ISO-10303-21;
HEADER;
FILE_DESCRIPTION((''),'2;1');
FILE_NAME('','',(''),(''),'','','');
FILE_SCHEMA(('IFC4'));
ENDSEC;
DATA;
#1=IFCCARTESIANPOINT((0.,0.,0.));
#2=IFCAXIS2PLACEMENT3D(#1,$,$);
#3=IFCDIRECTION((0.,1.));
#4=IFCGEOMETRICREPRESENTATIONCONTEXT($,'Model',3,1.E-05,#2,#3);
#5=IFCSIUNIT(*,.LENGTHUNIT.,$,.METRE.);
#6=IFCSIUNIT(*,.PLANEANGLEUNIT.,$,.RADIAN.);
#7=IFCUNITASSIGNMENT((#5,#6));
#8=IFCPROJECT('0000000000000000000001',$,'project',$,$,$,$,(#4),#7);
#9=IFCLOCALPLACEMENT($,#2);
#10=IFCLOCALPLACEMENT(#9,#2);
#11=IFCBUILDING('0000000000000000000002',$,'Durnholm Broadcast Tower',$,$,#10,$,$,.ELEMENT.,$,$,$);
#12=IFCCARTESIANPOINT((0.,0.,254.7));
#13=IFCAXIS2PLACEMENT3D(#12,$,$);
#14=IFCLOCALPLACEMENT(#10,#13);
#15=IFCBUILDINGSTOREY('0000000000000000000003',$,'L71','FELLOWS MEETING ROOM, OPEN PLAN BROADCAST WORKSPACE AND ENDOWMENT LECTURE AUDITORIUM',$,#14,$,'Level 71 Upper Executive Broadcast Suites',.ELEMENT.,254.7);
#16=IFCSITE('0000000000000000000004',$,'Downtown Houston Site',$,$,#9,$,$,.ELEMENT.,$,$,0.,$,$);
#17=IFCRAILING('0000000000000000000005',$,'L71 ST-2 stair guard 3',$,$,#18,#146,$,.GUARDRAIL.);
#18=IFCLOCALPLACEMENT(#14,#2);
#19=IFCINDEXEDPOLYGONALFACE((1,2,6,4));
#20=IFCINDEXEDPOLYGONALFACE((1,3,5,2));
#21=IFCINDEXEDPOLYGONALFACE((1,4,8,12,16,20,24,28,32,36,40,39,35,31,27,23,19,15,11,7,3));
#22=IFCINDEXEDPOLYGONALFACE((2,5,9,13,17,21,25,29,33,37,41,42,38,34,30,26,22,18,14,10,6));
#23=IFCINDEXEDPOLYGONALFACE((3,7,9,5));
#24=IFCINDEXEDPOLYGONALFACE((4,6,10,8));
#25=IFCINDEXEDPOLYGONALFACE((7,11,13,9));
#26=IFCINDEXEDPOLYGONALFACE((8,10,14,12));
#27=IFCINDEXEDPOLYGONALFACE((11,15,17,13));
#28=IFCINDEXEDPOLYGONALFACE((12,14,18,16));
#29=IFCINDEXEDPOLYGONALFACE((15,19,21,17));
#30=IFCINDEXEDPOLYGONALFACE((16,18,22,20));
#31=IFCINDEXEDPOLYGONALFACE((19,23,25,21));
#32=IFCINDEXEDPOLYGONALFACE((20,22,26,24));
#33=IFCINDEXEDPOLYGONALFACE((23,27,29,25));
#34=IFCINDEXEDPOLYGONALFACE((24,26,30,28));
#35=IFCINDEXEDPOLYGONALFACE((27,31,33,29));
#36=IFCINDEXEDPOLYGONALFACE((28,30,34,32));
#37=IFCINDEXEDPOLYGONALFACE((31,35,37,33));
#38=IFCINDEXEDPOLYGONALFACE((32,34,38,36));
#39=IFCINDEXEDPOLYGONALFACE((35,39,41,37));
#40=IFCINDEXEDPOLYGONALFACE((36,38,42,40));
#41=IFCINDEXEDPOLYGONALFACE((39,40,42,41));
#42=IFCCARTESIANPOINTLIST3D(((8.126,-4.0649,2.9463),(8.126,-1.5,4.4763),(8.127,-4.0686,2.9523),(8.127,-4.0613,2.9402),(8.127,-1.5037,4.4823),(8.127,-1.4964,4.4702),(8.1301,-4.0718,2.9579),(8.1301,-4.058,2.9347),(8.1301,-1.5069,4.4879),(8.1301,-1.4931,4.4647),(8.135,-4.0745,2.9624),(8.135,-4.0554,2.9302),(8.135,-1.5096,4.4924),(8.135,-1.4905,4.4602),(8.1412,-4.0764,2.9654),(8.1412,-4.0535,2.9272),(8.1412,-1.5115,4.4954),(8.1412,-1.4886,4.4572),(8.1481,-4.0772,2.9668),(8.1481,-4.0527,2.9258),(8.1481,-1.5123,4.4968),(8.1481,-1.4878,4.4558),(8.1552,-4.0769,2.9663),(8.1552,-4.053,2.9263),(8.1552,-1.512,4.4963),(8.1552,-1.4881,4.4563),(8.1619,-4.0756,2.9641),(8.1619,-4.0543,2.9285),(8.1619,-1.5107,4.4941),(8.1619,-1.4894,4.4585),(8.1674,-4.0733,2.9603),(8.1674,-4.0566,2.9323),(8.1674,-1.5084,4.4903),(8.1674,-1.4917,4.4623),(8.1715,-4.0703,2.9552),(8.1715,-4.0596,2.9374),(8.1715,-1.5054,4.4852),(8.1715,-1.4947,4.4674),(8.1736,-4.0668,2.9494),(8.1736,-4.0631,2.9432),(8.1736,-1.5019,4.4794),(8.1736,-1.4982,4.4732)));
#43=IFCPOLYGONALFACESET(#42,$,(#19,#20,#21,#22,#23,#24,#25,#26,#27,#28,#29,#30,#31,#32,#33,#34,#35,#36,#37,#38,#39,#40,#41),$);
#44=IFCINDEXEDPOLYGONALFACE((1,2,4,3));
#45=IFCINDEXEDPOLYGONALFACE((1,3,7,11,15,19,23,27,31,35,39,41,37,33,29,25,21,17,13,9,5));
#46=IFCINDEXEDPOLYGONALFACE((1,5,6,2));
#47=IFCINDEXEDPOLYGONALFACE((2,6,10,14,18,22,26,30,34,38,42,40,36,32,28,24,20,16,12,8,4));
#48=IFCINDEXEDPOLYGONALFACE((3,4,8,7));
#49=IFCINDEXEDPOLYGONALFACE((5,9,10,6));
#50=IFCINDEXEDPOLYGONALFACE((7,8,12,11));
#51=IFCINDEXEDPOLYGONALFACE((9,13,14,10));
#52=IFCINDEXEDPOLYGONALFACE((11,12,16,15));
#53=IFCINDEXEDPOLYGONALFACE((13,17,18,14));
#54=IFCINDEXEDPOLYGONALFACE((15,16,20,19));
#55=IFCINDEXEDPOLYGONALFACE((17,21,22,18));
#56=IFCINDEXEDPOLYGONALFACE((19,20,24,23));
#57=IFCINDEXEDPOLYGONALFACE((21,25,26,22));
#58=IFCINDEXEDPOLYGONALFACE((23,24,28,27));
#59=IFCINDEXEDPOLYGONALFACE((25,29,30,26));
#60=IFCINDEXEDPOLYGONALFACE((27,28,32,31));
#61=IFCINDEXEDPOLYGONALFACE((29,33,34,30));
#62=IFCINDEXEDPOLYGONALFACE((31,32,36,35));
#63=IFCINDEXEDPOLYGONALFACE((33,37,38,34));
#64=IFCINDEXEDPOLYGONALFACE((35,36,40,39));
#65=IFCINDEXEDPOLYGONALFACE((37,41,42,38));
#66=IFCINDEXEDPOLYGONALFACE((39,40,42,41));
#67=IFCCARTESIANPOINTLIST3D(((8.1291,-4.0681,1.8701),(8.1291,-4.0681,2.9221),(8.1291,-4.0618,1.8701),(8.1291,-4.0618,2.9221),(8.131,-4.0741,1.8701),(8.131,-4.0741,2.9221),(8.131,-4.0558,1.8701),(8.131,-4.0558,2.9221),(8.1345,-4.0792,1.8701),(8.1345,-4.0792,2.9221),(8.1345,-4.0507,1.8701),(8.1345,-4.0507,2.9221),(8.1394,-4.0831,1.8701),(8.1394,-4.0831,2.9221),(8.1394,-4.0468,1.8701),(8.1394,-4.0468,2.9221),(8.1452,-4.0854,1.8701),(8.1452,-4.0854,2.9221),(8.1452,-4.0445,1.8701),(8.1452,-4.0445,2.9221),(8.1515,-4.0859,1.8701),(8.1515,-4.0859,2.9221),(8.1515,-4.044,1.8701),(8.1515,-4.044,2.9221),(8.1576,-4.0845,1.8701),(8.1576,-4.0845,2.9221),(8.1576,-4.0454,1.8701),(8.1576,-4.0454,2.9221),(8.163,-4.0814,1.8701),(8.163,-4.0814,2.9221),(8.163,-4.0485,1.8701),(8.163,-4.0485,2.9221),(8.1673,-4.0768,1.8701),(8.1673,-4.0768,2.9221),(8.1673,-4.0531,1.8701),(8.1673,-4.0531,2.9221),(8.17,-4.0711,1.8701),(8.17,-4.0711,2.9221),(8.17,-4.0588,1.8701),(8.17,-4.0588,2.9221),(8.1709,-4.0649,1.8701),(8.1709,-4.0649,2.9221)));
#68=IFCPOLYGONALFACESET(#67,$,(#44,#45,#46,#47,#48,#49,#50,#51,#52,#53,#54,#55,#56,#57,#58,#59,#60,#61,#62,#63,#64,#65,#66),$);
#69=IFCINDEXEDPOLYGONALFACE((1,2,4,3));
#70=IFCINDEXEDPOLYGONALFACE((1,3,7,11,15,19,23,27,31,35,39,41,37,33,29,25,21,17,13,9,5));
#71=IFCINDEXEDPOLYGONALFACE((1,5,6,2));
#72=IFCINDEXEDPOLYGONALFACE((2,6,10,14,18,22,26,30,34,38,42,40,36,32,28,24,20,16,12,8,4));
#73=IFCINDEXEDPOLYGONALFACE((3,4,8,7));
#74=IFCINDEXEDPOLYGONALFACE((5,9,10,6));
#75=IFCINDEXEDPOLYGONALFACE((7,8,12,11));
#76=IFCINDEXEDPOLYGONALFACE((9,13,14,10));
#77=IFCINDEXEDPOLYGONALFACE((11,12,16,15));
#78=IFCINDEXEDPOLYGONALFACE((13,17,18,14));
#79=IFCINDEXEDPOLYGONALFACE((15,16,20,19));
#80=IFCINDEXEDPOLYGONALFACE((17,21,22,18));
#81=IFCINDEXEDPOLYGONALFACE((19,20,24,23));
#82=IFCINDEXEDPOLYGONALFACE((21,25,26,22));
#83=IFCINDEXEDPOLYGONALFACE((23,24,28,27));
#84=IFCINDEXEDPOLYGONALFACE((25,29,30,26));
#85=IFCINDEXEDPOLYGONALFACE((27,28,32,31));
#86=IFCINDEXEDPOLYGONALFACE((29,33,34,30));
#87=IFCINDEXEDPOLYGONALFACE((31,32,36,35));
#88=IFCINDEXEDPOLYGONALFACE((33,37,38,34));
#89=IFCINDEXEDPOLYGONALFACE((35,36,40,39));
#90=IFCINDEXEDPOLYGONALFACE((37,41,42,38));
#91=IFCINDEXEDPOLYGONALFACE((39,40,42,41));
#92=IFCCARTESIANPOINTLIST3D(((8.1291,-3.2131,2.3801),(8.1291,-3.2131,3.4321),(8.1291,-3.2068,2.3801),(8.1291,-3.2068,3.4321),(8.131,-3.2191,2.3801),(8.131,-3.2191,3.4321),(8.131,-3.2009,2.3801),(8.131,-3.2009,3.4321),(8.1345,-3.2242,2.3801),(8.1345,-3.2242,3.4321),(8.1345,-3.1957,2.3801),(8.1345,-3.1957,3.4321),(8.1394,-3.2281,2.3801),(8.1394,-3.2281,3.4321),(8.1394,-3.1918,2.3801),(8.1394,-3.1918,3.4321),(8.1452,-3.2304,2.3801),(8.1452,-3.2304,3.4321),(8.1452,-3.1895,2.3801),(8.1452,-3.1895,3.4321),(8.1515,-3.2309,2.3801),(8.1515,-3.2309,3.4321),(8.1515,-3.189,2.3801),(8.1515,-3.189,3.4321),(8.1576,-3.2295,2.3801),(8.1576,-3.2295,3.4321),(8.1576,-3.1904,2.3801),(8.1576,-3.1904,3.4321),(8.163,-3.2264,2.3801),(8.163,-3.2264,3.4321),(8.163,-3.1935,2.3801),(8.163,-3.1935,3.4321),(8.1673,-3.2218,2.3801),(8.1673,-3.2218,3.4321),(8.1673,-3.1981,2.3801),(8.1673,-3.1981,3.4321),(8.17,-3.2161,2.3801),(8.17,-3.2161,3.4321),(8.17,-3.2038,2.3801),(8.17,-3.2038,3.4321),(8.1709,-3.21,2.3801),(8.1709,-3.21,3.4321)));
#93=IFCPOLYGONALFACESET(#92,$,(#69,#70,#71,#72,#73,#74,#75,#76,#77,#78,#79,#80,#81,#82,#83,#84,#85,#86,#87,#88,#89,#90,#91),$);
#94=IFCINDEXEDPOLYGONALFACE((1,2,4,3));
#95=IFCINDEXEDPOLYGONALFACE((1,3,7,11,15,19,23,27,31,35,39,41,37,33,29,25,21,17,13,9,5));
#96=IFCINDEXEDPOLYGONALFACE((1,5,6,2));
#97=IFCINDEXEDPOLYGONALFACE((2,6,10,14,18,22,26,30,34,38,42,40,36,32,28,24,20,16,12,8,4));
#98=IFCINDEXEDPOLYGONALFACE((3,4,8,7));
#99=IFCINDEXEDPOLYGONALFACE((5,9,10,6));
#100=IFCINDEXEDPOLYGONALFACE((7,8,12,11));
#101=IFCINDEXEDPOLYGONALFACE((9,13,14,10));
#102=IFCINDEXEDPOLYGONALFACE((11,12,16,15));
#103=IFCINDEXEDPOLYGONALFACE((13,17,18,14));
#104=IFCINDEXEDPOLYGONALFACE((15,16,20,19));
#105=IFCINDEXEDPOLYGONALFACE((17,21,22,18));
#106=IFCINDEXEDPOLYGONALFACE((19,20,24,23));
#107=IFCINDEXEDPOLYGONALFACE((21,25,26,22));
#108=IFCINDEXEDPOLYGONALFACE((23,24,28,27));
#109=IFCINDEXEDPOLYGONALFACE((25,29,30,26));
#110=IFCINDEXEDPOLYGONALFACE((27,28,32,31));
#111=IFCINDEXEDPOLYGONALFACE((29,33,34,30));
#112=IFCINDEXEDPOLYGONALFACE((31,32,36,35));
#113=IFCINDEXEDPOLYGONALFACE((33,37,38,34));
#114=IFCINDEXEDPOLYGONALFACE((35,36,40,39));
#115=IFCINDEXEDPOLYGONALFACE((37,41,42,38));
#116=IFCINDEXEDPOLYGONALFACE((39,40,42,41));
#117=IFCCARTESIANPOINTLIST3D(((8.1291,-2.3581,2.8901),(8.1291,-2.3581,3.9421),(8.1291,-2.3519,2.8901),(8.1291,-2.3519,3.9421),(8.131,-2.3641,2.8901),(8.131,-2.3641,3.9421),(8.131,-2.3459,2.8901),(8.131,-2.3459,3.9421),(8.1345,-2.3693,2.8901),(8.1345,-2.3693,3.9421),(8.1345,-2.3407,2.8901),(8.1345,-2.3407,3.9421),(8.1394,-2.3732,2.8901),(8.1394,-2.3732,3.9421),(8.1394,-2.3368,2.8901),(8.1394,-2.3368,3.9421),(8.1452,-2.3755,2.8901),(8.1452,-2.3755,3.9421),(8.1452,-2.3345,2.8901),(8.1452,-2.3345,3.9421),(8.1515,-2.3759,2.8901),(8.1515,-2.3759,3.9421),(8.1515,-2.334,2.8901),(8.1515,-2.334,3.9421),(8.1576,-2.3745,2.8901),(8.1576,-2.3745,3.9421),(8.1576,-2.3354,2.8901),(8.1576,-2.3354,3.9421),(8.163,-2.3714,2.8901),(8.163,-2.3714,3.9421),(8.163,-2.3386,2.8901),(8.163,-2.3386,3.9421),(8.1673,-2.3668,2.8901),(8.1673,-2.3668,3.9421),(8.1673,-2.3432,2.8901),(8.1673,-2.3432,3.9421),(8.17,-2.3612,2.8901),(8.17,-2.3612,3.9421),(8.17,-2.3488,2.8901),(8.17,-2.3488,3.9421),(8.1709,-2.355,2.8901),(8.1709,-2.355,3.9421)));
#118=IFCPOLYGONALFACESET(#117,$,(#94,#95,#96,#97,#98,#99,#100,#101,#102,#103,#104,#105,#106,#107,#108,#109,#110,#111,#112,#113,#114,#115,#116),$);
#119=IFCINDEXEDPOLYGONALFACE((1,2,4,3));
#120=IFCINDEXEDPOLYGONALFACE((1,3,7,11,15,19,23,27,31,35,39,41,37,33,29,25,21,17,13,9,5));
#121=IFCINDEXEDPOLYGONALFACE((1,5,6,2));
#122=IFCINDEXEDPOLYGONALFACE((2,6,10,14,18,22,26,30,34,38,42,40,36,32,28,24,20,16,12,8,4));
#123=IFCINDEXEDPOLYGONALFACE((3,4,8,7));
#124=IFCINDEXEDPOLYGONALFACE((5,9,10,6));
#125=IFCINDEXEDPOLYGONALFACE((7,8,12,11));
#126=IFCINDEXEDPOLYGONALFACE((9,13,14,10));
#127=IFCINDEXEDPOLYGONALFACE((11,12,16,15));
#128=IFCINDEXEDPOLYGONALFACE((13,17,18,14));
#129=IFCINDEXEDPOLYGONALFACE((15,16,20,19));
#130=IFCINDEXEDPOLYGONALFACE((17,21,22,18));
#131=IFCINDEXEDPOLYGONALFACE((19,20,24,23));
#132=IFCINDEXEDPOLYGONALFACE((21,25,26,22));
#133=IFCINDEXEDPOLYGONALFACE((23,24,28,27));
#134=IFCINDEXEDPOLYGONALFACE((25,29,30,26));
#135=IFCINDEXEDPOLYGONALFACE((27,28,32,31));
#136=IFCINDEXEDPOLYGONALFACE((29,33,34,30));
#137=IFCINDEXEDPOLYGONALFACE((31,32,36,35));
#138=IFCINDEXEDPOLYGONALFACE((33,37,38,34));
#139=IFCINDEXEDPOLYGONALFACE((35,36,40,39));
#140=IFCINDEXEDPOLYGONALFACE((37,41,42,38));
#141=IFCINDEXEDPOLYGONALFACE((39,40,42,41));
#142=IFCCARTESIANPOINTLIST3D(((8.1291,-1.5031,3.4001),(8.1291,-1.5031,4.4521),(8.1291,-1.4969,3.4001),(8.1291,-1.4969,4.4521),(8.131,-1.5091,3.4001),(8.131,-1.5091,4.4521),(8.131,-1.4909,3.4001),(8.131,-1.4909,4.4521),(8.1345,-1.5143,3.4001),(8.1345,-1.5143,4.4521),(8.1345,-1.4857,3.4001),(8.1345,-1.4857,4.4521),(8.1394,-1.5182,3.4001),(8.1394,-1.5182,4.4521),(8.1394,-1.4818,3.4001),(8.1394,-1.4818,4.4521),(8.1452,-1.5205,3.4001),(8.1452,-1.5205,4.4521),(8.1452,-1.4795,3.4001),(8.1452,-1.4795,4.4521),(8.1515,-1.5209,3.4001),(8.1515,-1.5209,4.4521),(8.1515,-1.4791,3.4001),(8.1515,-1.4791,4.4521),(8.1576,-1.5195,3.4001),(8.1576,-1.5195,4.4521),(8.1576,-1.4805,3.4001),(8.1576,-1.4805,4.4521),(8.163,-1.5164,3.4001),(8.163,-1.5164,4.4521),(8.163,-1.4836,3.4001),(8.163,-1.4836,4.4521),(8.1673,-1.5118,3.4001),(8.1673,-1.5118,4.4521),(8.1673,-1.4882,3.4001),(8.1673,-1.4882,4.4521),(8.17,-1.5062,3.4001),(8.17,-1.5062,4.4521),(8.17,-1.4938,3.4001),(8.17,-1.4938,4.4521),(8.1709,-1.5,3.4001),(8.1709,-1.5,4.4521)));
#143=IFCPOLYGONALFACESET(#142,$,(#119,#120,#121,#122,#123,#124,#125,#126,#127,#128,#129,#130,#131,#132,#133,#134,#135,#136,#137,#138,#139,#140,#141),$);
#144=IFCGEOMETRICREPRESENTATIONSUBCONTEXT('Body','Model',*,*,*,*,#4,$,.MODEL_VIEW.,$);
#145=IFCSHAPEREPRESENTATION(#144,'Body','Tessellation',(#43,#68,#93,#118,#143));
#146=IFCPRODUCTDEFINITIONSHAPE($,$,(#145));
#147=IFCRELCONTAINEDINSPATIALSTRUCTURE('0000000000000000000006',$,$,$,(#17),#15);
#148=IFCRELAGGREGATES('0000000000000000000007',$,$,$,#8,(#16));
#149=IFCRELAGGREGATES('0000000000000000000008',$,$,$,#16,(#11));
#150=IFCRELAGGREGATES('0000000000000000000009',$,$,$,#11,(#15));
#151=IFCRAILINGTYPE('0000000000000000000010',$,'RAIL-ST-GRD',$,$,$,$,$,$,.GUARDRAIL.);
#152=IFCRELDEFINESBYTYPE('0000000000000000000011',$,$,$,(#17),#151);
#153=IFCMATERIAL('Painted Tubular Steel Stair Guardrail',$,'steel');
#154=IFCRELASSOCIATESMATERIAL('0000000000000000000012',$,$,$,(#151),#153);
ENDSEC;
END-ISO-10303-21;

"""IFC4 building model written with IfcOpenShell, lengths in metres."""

from ifc_helpers import new_model, si_unit, direction, frame, origin, origin_2d, place, context, subcontext, project, spatial, circle, extrude, material, type_object, element, save


model = new_model("IFC4")

# Units and contexts
model_context = context("Model", 3, precision=1e-05, world=origin(), true_north=direction((0.0, 1.0)))
body_context = subcontext(model_context, "Body", "Model", "MODEL_VIEW")
ifc_project = project(units=[si_unit("LENGTHUNIT", "METRE"), si_unit("PLANEANGLEUNIT", "RADIAN")], contexts=[model_context])

# Site, building, storey
site_placement = place(None, origin())
site = spatial("IfcSite", under=ifc_project, at=site_placement, Name="Downtown Houston Site", CompositionType="ELEMENT", RefElevation=0.0)
building_placement = place(site_placement, origin())
building = spatial("IfcBuilding", under=site, at=building_placement, Name="Durnholm Broadcast Tower", CompositionType="ELEMENT")
storey_placement = place(building_placement, frame((0.0, 0.0, 254.7)))
storey = spatial("IfcBuildingStorey", under=building, at=storey_placement, Name="L71", Description="FELLOWS MEETING ROOM, OPEN PLAN BROADCAST WORKSPACE AND ENDOWMENT LECTURE AUDITORIUM", LongName="Level 71 Upper Executive Broadcast Suites", CompositionType="ELEMENT", Elevation=254.7)

# Railing
ifc_material_1 = material(Name="Painted Tubular Steel Stair Guardrail", Category="steel")
railing_type_1 = type_object("IfcRailingType", Name="RAIL-ST-GRD", PredefinedType="GUARDRAIL", material=ifc_material_1)
railing_1_placement = place(storey_placement, frame((8.1499, -4.0649, 1.8701)))
element("IfcRailing", 1, at=railing_1_placement, inside=storey, type_object=railing_type_1, Name="L71 ST-2 stair guard 3", PredefinedType="GUARDRAIL", context=body_context, shape_type="SweptSolid", body=[
    extrude(circle(Radius=0.0239, at=origin_2d()), frame((0.0, 0.0, 1.0762), z_axis=(0.0, 0.85881, 0.512294), x_axis=(-1.0, 0.0, 0.0)), (0.0, 0.0, 1.0), 2.9866),
    extrude(circle(Radius=0.021, at=origin_2d()), origin(), (0.0, 0.0, 1.0), 1.052),
    extrude(circle(Radius=0.021, at=origin_2d()), frame((0.0, 0.855, 0.51)), (0.0, 0.0, 1.0), 1.052),
    extrude(circle(Radius=0.021, at=origin_2d()), frame((0.0, 1.71, 1.02)), (0.0, 0.0, 1.0), 1.052),
    extrude(circle(Radius=0.021, at=origin_2d()), frame((0.0, 2.5649, 1.53)), (0.0, 0.0, 1.0), 1.052),
])

save(model, "model.ifc")
